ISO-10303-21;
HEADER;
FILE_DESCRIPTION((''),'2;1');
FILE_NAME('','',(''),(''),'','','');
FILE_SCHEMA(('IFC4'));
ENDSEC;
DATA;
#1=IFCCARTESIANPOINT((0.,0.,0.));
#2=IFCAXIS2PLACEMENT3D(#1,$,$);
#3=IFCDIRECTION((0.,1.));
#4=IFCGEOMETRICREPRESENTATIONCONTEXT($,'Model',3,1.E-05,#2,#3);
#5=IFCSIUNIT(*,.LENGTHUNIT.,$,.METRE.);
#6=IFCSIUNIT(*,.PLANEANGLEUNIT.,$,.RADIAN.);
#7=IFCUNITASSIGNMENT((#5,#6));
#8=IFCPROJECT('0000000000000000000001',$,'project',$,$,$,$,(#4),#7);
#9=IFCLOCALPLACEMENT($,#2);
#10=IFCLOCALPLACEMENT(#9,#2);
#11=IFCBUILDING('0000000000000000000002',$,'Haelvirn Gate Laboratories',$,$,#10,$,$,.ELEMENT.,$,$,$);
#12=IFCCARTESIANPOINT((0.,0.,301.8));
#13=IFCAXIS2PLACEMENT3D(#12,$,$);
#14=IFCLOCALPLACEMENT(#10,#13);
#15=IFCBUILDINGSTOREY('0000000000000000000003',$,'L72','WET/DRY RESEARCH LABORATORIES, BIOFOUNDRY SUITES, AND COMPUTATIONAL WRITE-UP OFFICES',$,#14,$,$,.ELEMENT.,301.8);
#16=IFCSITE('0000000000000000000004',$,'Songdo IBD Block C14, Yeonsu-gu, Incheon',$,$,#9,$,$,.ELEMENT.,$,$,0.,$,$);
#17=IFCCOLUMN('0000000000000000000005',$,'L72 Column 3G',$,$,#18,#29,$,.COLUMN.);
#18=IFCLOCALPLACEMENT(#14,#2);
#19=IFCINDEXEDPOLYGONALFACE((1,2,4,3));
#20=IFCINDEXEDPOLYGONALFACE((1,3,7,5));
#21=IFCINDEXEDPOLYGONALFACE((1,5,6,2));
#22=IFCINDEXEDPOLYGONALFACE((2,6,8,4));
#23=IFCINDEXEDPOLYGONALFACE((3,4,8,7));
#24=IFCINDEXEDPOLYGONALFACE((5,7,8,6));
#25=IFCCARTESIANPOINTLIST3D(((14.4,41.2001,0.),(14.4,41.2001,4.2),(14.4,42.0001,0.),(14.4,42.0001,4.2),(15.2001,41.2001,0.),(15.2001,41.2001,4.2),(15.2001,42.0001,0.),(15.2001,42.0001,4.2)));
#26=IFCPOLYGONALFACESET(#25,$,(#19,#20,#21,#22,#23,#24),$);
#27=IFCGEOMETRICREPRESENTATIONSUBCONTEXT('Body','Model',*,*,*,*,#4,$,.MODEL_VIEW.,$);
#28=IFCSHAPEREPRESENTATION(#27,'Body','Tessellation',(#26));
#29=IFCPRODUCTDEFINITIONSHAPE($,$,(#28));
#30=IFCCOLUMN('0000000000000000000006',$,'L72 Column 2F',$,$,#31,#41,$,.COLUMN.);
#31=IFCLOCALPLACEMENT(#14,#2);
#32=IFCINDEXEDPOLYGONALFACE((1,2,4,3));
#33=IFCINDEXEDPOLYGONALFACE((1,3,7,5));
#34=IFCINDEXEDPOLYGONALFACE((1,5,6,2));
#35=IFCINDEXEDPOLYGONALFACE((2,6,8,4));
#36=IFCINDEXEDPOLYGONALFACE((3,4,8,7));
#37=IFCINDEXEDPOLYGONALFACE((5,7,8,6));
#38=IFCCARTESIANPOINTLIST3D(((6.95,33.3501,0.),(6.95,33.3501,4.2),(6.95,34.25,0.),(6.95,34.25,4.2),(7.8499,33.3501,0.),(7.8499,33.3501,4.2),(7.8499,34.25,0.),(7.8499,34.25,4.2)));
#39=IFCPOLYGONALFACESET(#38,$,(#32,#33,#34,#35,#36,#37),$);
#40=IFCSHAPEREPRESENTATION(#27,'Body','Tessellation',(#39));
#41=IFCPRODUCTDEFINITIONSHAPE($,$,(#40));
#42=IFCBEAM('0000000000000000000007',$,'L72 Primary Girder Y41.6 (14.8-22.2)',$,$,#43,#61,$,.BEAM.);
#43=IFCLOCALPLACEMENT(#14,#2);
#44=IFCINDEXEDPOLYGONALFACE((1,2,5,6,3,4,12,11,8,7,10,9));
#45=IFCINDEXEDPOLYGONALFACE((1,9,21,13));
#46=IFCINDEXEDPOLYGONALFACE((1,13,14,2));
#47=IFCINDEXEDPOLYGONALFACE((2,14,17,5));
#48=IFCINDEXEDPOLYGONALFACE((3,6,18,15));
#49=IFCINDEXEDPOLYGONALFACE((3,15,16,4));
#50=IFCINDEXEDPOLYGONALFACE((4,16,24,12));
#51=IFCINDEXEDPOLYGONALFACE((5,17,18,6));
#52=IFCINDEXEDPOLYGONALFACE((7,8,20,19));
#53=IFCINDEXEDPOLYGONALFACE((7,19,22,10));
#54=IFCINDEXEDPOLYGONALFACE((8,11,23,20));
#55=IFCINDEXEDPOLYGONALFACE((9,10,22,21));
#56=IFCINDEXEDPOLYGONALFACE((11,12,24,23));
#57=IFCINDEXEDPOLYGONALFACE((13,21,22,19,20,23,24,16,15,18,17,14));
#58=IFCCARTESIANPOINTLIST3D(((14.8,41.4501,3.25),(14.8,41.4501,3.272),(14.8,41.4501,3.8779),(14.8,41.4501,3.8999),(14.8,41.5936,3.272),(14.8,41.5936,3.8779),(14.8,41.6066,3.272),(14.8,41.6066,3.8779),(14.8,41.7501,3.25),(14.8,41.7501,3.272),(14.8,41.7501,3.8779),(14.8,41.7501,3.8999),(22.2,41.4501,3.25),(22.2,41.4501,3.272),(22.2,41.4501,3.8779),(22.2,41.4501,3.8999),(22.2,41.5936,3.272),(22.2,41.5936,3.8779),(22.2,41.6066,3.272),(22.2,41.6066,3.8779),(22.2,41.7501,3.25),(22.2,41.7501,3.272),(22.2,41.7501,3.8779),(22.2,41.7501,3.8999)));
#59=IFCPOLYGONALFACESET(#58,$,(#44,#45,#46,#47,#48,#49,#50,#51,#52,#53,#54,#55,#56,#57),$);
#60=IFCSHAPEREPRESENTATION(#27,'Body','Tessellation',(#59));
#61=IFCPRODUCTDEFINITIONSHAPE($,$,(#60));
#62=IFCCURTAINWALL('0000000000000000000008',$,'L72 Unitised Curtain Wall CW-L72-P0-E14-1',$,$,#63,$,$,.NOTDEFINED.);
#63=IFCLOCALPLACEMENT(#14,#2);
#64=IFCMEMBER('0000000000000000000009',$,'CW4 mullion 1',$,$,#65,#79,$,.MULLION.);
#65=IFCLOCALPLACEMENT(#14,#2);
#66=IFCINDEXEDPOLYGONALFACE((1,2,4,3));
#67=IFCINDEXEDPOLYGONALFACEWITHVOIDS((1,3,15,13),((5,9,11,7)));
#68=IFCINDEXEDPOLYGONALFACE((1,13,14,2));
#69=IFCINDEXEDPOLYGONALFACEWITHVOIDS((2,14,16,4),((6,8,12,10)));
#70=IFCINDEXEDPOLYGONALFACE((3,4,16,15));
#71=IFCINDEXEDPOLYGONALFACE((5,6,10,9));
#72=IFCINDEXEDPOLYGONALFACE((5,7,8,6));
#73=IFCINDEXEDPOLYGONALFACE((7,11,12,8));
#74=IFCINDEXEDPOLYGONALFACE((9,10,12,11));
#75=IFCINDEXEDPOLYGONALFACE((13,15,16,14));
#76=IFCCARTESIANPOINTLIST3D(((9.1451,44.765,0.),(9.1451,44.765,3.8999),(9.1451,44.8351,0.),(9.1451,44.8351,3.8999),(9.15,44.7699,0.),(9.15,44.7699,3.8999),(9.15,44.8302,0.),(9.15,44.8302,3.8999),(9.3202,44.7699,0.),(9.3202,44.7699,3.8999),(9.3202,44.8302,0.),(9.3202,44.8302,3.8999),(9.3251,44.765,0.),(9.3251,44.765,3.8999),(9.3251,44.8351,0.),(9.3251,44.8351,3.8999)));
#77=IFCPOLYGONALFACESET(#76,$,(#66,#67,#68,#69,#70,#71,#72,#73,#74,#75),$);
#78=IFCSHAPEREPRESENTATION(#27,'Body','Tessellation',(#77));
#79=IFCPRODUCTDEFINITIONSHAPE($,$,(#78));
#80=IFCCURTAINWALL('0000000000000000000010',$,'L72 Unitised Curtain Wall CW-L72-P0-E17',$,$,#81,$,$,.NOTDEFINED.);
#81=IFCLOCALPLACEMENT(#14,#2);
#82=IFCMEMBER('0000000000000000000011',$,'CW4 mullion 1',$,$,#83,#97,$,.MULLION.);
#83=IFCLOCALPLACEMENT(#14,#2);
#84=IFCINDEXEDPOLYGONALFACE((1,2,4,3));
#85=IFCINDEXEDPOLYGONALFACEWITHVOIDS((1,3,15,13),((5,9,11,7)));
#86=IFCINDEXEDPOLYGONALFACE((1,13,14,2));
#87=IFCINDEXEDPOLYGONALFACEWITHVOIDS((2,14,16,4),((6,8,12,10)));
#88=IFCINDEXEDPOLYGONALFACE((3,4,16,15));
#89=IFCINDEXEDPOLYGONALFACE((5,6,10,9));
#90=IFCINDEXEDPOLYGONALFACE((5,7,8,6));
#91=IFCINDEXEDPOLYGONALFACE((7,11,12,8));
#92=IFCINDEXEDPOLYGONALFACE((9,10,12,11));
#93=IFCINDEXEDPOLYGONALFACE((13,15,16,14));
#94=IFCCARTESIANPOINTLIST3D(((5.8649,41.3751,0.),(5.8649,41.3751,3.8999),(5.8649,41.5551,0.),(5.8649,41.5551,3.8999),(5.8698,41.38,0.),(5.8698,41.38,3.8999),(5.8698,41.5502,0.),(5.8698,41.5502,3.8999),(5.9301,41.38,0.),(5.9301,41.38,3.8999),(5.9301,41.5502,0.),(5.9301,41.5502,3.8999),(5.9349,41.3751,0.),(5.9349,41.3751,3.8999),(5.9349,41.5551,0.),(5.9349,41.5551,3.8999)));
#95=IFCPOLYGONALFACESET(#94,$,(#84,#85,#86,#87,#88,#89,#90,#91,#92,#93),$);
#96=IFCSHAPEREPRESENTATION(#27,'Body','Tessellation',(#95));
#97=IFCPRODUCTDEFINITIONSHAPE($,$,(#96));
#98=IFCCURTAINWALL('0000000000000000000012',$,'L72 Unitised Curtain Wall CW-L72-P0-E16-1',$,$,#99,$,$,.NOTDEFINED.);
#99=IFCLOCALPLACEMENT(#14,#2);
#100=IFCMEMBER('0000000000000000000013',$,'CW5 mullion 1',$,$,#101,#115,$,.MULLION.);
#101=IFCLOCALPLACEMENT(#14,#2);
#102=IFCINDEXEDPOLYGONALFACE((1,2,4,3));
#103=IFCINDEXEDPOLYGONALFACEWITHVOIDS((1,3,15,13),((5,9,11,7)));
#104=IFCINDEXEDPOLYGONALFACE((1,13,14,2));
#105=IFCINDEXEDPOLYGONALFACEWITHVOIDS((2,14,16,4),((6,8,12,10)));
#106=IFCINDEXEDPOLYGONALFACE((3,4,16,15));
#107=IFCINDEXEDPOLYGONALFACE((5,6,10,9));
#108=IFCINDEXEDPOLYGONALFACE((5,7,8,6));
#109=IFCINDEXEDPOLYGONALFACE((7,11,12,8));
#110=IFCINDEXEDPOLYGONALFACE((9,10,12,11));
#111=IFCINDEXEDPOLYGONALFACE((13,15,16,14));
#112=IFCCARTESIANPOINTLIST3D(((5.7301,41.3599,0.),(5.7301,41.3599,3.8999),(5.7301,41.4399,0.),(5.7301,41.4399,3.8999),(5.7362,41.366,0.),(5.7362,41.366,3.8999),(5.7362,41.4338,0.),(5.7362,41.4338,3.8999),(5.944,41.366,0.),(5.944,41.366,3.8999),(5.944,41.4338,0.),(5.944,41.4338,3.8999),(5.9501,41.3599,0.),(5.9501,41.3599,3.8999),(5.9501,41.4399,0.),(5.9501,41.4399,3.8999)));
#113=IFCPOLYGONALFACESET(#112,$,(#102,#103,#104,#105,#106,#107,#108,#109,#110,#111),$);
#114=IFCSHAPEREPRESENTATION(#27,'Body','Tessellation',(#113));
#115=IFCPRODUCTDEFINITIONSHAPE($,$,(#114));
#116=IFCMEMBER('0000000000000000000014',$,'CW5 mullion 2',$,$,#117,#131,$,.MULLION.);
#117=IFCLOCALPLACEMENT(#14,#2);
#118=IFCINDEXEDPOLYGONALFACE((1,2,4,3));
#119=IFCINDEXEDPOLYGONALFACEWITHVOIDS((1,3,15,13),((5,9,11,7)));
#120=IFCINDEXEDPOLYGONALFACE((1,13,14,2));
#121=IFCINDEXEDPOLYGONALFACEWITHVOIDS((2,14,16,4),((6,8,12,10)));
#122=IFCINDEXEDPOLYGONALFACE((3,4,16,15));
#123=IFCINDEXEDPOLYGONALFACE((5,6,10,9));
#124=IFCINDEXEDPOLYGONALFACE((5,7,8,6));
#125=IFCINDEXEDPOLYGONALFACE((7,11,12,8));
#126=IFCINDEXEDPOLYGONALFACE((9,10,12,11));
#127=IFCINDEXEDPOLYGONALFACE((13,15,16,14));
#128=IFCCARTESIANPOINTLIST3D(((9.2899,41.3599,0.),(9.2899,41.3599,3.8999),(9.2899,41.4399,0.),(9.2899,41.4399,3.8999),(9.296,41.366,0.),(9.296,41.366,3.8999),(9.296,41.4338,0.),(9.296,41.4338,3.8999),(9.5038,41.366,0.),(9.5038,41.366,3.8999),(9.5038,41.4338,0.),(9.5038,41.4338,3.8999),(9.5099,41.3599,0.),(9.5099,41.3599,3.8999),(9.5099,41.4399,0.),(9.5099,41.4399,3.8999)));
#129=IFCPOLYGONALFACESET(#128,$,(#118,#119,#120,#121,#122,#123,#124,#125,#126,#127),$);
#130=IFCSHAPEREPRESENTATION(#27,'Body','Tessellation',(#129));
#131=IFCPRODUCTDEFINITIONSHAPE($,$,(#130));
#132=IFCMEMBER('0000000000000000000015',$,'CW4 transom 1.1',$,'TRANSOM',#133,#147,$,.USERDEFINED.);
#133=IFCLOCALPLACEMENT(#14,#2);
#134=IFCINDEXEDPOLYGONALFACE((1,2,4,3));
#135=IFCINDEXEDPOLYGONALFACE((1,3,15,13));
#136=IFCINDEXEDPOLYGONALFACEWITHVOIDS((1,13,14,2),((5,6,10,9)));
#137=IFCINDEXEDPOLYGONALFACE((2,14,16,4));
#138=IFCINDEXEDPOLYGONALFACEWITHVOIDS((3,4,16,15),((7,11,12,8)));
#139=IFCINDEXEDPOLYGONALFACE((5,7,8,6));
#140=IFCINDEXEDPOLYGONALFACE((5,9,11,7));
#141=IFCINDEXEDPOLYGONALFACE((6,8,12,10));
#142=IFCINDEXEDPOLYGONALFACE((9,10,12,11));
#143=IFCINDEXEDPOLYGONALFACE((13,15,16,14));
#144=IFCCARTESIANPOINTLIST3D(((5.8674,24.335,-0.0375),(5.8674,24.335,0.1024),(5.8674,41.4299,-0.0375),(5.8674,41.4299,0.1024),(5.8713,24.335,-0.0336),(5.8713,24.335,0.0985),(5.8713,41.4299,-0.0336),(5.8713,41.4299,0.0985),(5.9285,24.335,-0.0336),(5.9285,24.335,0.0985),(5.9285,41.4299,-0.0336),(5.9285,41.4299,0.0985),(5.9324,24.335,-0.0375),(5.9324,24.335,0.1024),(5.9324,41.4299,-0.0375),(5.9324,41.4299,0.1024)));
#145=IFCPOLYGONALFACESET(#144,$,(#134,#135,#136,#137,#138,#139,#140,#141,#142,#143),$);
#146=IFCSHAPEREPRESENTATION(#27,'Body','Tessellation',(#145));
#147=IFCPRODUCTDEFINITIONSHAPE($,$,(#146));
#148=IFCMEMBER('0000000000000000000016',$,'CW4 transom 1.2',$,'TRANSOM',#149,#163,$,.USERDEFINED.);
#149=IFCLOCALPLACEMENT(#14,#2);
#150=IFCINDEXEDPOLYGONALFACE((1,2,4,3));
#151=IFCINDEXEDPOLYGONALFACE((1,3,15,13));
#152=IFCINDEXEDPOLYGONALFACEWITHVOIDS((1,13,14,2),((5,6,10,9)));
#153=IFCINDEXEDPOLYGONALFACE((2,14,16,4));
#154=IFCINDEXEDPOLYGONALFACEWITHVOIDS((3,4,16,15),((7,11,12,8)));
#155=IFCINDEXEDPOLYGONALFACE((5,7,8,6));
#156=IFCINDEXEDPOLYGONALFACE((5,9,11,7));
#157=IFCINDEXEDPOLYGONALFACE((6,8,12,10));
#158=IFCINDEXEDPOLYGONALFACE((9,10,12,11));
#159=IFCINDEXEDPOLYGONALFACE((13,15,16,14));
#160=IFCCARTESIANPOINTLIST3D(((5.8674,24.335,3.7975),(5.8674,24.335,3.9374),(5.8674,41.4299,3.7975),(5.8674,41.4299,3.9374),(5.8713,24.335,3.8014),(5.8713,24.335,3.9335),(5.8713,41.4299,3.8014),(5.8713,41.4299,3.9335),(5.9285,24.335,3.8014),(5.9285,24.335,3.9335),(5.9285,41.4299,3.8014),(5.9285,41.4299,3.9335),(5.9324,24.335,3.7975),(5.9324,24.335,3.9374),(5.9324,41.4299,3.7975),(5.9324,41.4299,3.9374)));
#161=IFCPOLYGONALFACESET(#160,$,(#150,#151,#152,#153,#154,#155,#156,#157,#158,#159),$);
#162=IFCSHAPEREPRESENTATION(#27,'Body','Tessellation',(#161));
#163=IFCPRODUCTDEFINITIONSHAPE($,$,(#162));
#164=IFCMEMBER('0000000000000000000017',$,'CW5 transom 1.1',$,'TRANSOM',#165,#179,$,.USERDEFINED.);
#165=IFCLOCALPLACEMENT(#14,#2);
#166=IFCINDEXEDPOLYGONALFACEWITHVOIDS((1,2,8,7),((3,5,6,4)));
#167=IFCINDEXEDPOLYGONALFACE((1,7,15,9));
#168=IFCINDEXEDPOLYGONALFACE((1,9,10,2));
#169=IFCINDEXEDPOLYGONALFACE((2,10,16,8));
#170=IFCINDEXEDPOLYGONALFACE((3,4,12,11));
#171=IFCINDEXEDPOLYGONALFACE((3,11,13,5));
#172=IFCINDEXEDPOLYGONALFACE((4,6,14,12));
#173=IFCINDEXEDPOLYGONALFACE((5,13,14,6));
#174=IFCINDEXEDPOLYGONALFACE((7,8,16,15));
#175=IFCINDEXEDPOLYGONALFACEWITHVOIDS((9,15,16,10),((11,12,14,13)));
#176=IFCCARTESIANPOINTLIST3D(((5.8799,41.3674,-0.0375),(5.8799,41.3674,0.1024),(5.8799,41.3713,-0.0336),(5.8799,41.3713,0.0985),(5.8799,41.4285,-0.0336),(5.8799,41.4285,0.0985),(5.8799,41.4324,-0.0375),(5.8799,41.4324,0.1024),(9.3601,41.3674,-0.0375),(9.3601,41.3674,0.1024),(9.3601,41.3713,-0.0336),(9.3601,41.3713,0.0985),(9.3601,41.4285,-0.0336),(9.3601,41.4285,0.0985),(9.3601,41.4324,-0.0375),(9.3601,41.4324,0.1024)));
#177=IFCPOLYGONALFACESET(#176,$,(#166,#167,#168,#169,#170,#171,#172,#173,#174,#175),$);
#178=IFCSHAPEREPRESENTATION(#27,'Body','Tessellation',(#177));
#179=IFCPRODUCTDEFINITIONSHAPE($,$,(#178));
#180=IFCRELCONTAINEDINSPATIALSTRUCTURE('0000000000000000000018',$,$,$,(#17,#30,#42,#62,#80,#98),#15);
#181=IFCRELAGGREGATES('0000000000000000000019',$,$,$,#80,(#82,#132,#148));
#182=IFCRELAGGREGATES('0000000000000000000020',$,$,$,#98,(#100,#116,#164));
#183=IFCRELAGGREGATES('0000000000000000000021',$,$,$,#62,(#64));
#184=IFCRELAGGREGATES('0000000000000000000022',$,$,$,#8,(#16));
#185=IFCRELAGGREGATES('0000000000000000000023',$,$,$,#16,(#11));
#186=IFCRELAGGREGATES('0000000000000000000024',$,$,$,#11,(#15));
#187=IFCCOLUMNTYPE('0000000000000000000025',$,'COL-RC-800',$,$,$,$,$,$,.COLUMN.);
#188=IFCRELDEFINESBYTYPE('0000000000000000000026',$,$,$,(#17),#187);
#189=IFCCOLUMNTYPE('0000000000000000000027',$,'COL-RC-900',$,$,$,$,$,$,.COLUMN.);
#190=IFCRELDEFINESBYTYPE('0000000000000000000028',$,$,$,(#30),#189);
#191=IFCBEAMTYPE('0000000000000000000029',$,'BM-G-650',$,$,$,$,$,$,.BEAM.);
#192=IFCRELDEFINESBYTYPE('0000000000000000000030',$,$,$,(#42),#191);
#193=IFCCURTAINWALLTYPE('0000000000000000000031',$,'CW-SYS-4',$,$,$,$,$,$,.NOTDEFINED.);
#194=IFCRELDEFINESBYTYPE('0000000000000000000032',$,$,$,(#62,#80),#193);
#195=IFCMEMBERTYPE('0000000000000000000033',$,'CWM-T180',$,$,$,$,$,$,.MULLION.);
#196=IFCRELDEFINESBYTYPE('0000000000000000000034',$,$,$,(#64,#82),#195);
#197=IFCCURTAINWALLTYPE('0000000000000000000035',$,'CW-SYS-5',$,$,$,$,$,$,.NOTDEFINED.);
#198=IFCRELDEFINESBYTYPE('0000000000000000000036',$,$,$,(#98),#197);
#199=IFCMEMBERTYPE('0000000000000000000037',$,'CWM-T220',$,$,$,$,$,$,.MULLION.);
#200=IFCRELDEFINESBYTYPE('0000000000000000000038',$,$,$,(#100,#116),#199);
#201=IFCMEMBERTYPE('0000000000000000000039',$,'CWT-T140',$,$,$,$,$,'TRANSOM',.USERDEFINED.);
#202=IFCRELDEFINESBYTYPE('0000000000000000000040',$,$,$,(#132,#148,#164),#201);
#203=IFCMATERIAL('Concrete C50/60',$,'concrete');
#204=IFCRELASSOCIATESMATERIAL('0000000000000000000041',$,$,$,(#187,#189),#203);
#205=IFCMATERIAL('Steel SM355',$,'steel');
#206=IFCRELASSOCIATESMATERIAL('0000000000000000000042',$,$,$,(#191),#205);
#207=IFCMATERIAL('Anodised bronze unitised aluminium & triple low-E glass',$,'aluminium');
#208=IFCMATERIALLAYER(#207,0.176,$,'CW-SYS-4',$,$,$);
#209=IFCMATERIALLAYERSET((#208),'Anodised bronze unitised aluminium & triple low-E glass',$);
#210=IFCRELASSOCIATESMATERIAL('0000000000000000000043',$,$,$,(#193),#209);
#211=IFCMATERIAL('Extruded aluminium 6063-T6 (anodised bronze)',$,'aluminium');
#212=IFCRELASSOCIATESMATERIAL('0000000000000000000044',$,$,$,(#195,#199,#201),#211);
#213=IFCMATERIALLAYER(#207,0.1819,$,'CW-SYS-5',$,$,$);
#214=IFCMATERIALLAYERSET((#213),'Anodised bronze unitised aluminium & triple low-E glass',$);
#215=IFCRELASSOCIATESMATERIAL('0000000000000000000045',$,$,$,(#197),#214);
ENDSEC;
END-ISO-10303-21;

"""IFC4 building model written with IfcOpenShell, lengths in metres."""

from ifc_helpers import new_model, si_unit, direction, frame, origin, origin_2d, place, context, subcontext, project, spatial, rectangle, hollow_rectangle, i_section, extrude, source, transform, mapped, material, layer, layer_set, material_profile, profile_set, type_object, type_shapes, element, aggregate, save


model = new_model("IFC4")

# Units and contexts
model_context = context("Model", 3, precision=1e-05, world=origin(), true_north=direction((0.0, 1.0)))
body_context = subcontext(model_context, "Body", "Model", "MODEL_VIEW")
ifc_project = project(units=[si_unit("LENGTHUNIT", "METRE"), si_unit("PLANEANGLEUNIT", "RADIAN")], contexts=[model_context])

# Site, building, storey
site_placement = place(None, origin())
site = spatial("IfcSite", under=ifc_project, at=site_placement, Name="Songdo IBD Block C14, Yeonsu-gu, Incheon", CompositionType="ELEMENT", RefElevation=0.0)
building_placement = place(site_placement, origin())
building = spatial("IfcBuilding", under=site, at=building_placement, Name="Haelvirn Gate Laboratories", CompositionType="ELEMENT")
storey_placement = place(building_placement, frame((0.0, 0.0, 301.8)))
storey = spatial("IfcBuildingStorey", under=building, at=storey_placement, Name="L72", Description="WET/DRY RESEARCH LABORATORIES, BIOFOUNDRY SUITES, AND COMPUTATIONAL WRITE-UP OFFICES", CompositionType="ELEMENT", Elevation=301.8)

# Columns
ifc_material_1 = material(Name="Concrete C50/60", Category="concrete")
ifc_material_profile_1 = material_profile(ifc_material_1, rectangle(XDim=0.8, YDim=0.8, at=origin_2d()), Name="RC-800x800")
ifc_profile_set_1 = profile_set([ifc_material_profile_1], Name="Concrete C50/60")
column_type_1 = type_object("IfcColumnType", Name="COL-RC-800", PredefinedType="COLUMN", material=ifc_profile_set_1)
shared_shape_1 = source(origin(), body_context, "Body", "SweptSolid", [
    extrude(rectangle(XDim=0.8, YDim=0.8, at=origin_2d()), origin(), (0.0, 0.0, 1.0), 4.2),
])
type_shapes(column_type_1, [shared_shape_1])
column_1_placement = place(storey_placement, frame((14.8, 41.6001, 0.0), z_axis=(0.0, 0.0, 1.0), x_axis=(1.0, 0.0, 0.0)))
element("IfcColumn", 1, at=column_1_placement, inside=storey, type_object=column_type_1, Name="L72 Column 3G", PredefinedType="COLUMN", context=body_context, shape_type="MappedRepresentation", body=[
    mapped(shared_shape_1, transform((0.0, 0.0, 0.0), scale=1.0)),
])
ifc_material_profile_2 = material_profile(ifc_material_1, rectangle(XDim=0.8999, YDim=0.8999, at=origin_2d()), Name="RC-900x900")
ifc_profile_set_2 = profile_set([ifc_material_profile_2], Name="Concrete C50/60")
column_type_2 = type_object("IfcColumnType", Name="COL-RC-900", PredefinedType="COLUMN", material=ifc_profile_set_2)
shared_shape_2 = source(origin(), body_context, "Body", "SweptSolid", [
    extrude(rectangle(XDim=0.8999, YDim=0.8999, at=origin_2d()), origin(), (0.0, 0.0, 1.0), 4.2),
])
type_shapes(column_type_2, [shared_shape_2])
column_2_placement = place(storey_placement, frame((7.3999, 33.8, 0.0), z_axis=(0.0, 0.0, 1.0), x_axis=(1.0, 0.0, 0.0)))
element("IfcColumn", 2, at=column_2_placement, inside=storey, type_object=column_type_2, Name="L72 Column 2F", PredefinedType="COLUMN", context=body_context, shape_type="MappedRepresentation", body=[
    mapped(shared_shape_2, transform((0.0, 0.0, 0.0), scale=1.0)),
])

# Beam
ifc_material_2 = material(Name="Steel SM355", Category="steel")
ifc_material_profile_3 = material_profile(ifc_material_2, i_section(OverallWidth=0.3, OverallDepth=0.6499, WebThickness=0.0129, FlangeThickness=0.022, at=origin_2d()), Name="H-650x300x13x22")
ifc_profile_set_3 = profile_set([ifc_material_profile_3], Name="Steel SM355")
beam_type = type_object("IfcBeamType", Name="BM-G-650", PredefinedType="BEAM", material=ifc_profile_set_3)
shared_shape_3 = source(origin(), body_context, "Body", "SweptSolid", [
    extrude(i_section(OverallWidth=0.3, OverallDepth=0.6499, WebThickness=0.0129, FlangeThickness=0.022, at=origin_2d()), origin(), (0.0, 0.0, 1.0), 7.3999),
])
type_shapes(beam_type, [shared_shape_3])
beam_placement = place(storey_placement, frame((14.8, 41.6001, 3.575), z_axis=(1.0, 0.0, 0.0), x_axis=(0.0, 1.0, 0.0)))
element("IfcBeam", 3, at=beam_placement, inside=storey, type_object=beam_type, Name="L72 Primary Girder Y41.6 (14.8-22.2)", PredefinedType="BEAM", context=body_context, shape_type="MappedRepresentation", body=[
    mapped(shared_shape_3, transform((0.0, 0.0, 0.0), scale=1.0)),
])

# Curtain walls, members
ifc_material_3 = material(Name="Anodised bronze unitised aluminium & triple low-E glass", Category="aluminium")
ifc_layer_1 = layer(ifc_material_3, 0.176, Name="CW-SYS-4")
ifc_layer_set_1 = layer_set([ifc_layer_1], Name="Anodised bronze unitised aluminium & triple low-E glass")
curtain_wall_type_1 = type_object("IfcCurtainWallType", Name="CW-SYS-4", PredefinedType="NOTDEFINED", material=ifc_layer_set_1)
curtain_wall_1_placement = place(storey_placement, origin())
curtain_wall_1 = element("IfcCurtainWall", 4, at=curtain_wall_1_placement, inside=storey, type_object=curtain_wall_type_1, Name="L72 Unitised Curtain Wall CW-L72-P0-E14-1", PredefinedType="NOTDEFINED")
ifc_material_4 = material(Name="Extruded aluminium 6063-T6 (anodised bronze)", Category="aluminium")
ifc_material_profile_4 = material_profile(ifc_material_4, hollow_rectangle(XDim=0.0701, YDim=0.1799, WallThickness=0.0049, at=origin_2d()), Name="CWM-180x70x5")
ifc_profile_set_4 = profile_set([ifc_material_profile_4], Name="Extruded aluminium 6063-T6 (anodised bronze)")
member_type_1 = type_object("IfcMemberType", Name="CWM-T180", PredefinedType="MULLION", material=ifc_profile_set_4)
shared_shape_4 = source(origin(), body_context, "Body", "SweptSolid", [
    extrude(hollow_rectangle(XDim=0.0701, YDim=0.1799, WallThickness=0.0049, at=origin_2d()), origin(), (0.0, 0.0, 1.0), 3.8999),
])
type_shapes(member_type_1, [shared_shape_4])
member_1_placement = place(storey_placement, frame((9.2351, 44.8, 0.0), z_axis=(0.0, 0.0, 1.0), x_axis=(0.0, 1.0, 0.0)))
member_1 = element("IfcMember", 5, at=member_1_placement, type_object=member_type_1, Name="CW4 mullion 1", PredefinedType="MULLION", context=body_context, shape_type="MappedRepresentation", body=[
    mapped(shared_shape_4, transform((0.0, 0.0, 0.0), scale=1.0)),
])
curtain_wall_2_placement = place(storey_placement, origin())
curtain_wall_2 = element("IfcCurtainWall", 6, at=curtain_wall_2_placement, inside=storey, type_object=curtain_wall_type_1, Name="L72 Unitised Curtain Wall CW-L72-P0-E17", PredefinedType="NOTDEFINED")
member_2_placement = place(storey_placement, frame((5.8999, 41.4651, 0.0), z_axis=(0.0, 0.0, 1.0), x_axis=(1.0, 0.0, 0.0)))
member_2 = element("IfcMember", 7, at=member_2_placement, type_object=member_type_1, Name="CW4 mullion 1", PredefinedType="MULLION", context=body_context, shape_type="MappedRepresentation", body=[
    mapped(shared_shape_4, transform((0.0, 0.0, 0.0), scale=1.0)),
])

# Curtain wall, members
ifc_layer_2 = layer(ifc_material_3, 0.1819, Name="CW-SYS-5")
ifc_layer_set_2 = layer_set([ifc_layer_2], Name="Anodised bronze unitised aluminium & triple low-E glass")
curtain_wall_type_2 = type_object("IfcCurtainWallType", Name="CW-SYS-5", PredefinedType="NOTDEFINED", material=ifc_layer_set_2)
curtain_wall_3_placement = place(storey_placement, origin())
curtain_wall_3 = element("IfcCurtainWall", 8, at=curtain_wall_3_placement, inside=storey, type_object=curtain_wall_type_2, Name="L72 Unitised Curtain Wall CW-L72-P0-E16-1", PredefinedType="NOTDEFINED")
ifc_material_profile_5 = material_profile(ifc_material_4, hollow_rectangle(XDim=0.0801, YDim=0.22, WallThickness=0.0061, at=origin_2d()), Name="CWM-220x80x6")
ifc_profile_set_5 = profile_set([ifc_material_profile_5], Name="Extruded aluminium 6063-T6 (anodised bronze)")
member_type_2 = type_object("IfcMemberType", Name="CWM-T220", PredefinedType="MULLION", material=ifc_profile_set_5)
shared_shape_5 = source(origin(), body_context, "Body", "SweptSolid", [
    extrude(hollow_rectangle(XDim=0.0801, YDim=0.22, WallThickness=0.0061, at=origin_2d()), origin(), (0.0, 0.0, 1.0), 3.8999),
])
type_shapes(member_type_2, [shared_shape_5])
member_3_placement = place(storey_placement, frame((5.8401, 41.3999, 0.0), z_axis=(0.0, 0.0, 1.0), x_axis=(0.0, 1.0, 0.0)))
member_3 = element("IfcMember", 9, at=member_3_placement, type_object=member_type_2, Name="CW5 mullion 1", PredefinedType="MULLION", context=body_context, shape_type="MappedRepresentation", body=[
    mapped(shared_shape_5, transform((0.0, 0.0, 0.0), scale=1.0)),
])
member_4_placement = place(storey_placement, frame((9.3999, 41.3999, 0.0), z_axis=(0.0, 0.0, 1.0), x_axis=(0.0, 1.0, 0.0)))
member_4 = element("IfcMember", 10, at=member_4_placement, type_object=member_type_2, Name="CW5 mullion 2", PredefinedType="MULLION", context=body_context, shape_type="MappedRepresentation", body=[
    mapped(shared_shape_5, transform((0.0, 0.0, 0.0), scale=1.0)),
])

# Members
ifc_material_profile_6 = material_profile(ifc_material_4, hollow_rectangle(XDim=0.0649, YDim=0.1399, WallThickness=0.0039, at=origin_2d()), Name="CWT-140x65x4")
ifc_profile_set_6 = profile_set([ifc_material_profile_6], Name="Extruded aluminium 6063-T6 (anodised bronze)")
member_type_3 = type_object("IfcMemberType", Name="CWT-T140", ElementType="TRANSOM", PredefinedType="USERDEFINED", material=ifc_profile_set_6)
shared_shape_6 = source(origin(), body_context, "Body", "SweptSolid", [
    extrude(hollow_rectangle(XDim=0.0649, YDim=0.1399, WallThickness=0.0039, at=origin_2d()), origin(), (0.0, 0.0, 1.0), 17.095),
])
member_5_placement = place(storey_placement, frame((5.8999, 41.4299, 0.0325), z_axis=(0.0, -1.0, 0.0), x_axis=(1.0, 0.0, 0.0)))
member_5 = element("IfcMember", 11, at=member_5_placement, type_object=member_type_3, Name="CW4 transom 1.1", ObjectType="TRANSOM", PredefinedType="USERDEFINED", context=body_context, shape_type="MappedRepresentation", body=[
    mapped(shared_shape_6, transform((0.0, 0.0, 0.0), scale=1.0)),
])
member_6_placement = place(storey_placement, frame((5.8999, 41.4299, 3.8674), z_axis=(0.0, -1.0, 0.0), x_axis=(1.0, 0.0, 0.0)))
member_6 = element("IfcMember", 12, at=member_6_placement, type_object=member_type_3, Name="CW4 transom 1.2", ObjectType="TRANSOM", PredefinedType="USERDEFINED", context=body_context, shape_type="MappedRepresentation", body=[
    mapped(shared_shape_6, transform((0.0, 0.0, 0.0), scale=1.0)),
])
aggregate(curtain_wall_2, [member_2, member_5, member_6])
shared_shape_7 = source(origin(), body_context, "Body", "SweptSolid", [
    extrude(hollow_rectangle(XDim=0.0649, YDim=0.1399, WallThickness=0.0039, at=origin_2d()), origin(), (0.0, 0.0, 1.0), 3.4802),
])
member_7_placement = place(storey_placement, frame((5.8799, 41.3999, 0.0325), z_axis=(1.0, 0.0, 0.0), x_axis=(0.0, 1.0, 0.0)))
member_7 = element("IfcMember", 13, at=member_7_placement, type_object=member_type_3, Name="CW5 transom 1.1", ObjectType="TRANSOM", PredefinedType="USERDEFINED", context=body_context, shape_type="MappedRepresentation", body=[
    mapped(shared_shape_7, transform((0.0, 0.0, 0.0), scale=1.0)),
])

aggregate(curtain_wall_3, [member_3, member_4, member_7])
aggregate(curtain_wall_1, [member_1])

save(model, "model.ifc")
